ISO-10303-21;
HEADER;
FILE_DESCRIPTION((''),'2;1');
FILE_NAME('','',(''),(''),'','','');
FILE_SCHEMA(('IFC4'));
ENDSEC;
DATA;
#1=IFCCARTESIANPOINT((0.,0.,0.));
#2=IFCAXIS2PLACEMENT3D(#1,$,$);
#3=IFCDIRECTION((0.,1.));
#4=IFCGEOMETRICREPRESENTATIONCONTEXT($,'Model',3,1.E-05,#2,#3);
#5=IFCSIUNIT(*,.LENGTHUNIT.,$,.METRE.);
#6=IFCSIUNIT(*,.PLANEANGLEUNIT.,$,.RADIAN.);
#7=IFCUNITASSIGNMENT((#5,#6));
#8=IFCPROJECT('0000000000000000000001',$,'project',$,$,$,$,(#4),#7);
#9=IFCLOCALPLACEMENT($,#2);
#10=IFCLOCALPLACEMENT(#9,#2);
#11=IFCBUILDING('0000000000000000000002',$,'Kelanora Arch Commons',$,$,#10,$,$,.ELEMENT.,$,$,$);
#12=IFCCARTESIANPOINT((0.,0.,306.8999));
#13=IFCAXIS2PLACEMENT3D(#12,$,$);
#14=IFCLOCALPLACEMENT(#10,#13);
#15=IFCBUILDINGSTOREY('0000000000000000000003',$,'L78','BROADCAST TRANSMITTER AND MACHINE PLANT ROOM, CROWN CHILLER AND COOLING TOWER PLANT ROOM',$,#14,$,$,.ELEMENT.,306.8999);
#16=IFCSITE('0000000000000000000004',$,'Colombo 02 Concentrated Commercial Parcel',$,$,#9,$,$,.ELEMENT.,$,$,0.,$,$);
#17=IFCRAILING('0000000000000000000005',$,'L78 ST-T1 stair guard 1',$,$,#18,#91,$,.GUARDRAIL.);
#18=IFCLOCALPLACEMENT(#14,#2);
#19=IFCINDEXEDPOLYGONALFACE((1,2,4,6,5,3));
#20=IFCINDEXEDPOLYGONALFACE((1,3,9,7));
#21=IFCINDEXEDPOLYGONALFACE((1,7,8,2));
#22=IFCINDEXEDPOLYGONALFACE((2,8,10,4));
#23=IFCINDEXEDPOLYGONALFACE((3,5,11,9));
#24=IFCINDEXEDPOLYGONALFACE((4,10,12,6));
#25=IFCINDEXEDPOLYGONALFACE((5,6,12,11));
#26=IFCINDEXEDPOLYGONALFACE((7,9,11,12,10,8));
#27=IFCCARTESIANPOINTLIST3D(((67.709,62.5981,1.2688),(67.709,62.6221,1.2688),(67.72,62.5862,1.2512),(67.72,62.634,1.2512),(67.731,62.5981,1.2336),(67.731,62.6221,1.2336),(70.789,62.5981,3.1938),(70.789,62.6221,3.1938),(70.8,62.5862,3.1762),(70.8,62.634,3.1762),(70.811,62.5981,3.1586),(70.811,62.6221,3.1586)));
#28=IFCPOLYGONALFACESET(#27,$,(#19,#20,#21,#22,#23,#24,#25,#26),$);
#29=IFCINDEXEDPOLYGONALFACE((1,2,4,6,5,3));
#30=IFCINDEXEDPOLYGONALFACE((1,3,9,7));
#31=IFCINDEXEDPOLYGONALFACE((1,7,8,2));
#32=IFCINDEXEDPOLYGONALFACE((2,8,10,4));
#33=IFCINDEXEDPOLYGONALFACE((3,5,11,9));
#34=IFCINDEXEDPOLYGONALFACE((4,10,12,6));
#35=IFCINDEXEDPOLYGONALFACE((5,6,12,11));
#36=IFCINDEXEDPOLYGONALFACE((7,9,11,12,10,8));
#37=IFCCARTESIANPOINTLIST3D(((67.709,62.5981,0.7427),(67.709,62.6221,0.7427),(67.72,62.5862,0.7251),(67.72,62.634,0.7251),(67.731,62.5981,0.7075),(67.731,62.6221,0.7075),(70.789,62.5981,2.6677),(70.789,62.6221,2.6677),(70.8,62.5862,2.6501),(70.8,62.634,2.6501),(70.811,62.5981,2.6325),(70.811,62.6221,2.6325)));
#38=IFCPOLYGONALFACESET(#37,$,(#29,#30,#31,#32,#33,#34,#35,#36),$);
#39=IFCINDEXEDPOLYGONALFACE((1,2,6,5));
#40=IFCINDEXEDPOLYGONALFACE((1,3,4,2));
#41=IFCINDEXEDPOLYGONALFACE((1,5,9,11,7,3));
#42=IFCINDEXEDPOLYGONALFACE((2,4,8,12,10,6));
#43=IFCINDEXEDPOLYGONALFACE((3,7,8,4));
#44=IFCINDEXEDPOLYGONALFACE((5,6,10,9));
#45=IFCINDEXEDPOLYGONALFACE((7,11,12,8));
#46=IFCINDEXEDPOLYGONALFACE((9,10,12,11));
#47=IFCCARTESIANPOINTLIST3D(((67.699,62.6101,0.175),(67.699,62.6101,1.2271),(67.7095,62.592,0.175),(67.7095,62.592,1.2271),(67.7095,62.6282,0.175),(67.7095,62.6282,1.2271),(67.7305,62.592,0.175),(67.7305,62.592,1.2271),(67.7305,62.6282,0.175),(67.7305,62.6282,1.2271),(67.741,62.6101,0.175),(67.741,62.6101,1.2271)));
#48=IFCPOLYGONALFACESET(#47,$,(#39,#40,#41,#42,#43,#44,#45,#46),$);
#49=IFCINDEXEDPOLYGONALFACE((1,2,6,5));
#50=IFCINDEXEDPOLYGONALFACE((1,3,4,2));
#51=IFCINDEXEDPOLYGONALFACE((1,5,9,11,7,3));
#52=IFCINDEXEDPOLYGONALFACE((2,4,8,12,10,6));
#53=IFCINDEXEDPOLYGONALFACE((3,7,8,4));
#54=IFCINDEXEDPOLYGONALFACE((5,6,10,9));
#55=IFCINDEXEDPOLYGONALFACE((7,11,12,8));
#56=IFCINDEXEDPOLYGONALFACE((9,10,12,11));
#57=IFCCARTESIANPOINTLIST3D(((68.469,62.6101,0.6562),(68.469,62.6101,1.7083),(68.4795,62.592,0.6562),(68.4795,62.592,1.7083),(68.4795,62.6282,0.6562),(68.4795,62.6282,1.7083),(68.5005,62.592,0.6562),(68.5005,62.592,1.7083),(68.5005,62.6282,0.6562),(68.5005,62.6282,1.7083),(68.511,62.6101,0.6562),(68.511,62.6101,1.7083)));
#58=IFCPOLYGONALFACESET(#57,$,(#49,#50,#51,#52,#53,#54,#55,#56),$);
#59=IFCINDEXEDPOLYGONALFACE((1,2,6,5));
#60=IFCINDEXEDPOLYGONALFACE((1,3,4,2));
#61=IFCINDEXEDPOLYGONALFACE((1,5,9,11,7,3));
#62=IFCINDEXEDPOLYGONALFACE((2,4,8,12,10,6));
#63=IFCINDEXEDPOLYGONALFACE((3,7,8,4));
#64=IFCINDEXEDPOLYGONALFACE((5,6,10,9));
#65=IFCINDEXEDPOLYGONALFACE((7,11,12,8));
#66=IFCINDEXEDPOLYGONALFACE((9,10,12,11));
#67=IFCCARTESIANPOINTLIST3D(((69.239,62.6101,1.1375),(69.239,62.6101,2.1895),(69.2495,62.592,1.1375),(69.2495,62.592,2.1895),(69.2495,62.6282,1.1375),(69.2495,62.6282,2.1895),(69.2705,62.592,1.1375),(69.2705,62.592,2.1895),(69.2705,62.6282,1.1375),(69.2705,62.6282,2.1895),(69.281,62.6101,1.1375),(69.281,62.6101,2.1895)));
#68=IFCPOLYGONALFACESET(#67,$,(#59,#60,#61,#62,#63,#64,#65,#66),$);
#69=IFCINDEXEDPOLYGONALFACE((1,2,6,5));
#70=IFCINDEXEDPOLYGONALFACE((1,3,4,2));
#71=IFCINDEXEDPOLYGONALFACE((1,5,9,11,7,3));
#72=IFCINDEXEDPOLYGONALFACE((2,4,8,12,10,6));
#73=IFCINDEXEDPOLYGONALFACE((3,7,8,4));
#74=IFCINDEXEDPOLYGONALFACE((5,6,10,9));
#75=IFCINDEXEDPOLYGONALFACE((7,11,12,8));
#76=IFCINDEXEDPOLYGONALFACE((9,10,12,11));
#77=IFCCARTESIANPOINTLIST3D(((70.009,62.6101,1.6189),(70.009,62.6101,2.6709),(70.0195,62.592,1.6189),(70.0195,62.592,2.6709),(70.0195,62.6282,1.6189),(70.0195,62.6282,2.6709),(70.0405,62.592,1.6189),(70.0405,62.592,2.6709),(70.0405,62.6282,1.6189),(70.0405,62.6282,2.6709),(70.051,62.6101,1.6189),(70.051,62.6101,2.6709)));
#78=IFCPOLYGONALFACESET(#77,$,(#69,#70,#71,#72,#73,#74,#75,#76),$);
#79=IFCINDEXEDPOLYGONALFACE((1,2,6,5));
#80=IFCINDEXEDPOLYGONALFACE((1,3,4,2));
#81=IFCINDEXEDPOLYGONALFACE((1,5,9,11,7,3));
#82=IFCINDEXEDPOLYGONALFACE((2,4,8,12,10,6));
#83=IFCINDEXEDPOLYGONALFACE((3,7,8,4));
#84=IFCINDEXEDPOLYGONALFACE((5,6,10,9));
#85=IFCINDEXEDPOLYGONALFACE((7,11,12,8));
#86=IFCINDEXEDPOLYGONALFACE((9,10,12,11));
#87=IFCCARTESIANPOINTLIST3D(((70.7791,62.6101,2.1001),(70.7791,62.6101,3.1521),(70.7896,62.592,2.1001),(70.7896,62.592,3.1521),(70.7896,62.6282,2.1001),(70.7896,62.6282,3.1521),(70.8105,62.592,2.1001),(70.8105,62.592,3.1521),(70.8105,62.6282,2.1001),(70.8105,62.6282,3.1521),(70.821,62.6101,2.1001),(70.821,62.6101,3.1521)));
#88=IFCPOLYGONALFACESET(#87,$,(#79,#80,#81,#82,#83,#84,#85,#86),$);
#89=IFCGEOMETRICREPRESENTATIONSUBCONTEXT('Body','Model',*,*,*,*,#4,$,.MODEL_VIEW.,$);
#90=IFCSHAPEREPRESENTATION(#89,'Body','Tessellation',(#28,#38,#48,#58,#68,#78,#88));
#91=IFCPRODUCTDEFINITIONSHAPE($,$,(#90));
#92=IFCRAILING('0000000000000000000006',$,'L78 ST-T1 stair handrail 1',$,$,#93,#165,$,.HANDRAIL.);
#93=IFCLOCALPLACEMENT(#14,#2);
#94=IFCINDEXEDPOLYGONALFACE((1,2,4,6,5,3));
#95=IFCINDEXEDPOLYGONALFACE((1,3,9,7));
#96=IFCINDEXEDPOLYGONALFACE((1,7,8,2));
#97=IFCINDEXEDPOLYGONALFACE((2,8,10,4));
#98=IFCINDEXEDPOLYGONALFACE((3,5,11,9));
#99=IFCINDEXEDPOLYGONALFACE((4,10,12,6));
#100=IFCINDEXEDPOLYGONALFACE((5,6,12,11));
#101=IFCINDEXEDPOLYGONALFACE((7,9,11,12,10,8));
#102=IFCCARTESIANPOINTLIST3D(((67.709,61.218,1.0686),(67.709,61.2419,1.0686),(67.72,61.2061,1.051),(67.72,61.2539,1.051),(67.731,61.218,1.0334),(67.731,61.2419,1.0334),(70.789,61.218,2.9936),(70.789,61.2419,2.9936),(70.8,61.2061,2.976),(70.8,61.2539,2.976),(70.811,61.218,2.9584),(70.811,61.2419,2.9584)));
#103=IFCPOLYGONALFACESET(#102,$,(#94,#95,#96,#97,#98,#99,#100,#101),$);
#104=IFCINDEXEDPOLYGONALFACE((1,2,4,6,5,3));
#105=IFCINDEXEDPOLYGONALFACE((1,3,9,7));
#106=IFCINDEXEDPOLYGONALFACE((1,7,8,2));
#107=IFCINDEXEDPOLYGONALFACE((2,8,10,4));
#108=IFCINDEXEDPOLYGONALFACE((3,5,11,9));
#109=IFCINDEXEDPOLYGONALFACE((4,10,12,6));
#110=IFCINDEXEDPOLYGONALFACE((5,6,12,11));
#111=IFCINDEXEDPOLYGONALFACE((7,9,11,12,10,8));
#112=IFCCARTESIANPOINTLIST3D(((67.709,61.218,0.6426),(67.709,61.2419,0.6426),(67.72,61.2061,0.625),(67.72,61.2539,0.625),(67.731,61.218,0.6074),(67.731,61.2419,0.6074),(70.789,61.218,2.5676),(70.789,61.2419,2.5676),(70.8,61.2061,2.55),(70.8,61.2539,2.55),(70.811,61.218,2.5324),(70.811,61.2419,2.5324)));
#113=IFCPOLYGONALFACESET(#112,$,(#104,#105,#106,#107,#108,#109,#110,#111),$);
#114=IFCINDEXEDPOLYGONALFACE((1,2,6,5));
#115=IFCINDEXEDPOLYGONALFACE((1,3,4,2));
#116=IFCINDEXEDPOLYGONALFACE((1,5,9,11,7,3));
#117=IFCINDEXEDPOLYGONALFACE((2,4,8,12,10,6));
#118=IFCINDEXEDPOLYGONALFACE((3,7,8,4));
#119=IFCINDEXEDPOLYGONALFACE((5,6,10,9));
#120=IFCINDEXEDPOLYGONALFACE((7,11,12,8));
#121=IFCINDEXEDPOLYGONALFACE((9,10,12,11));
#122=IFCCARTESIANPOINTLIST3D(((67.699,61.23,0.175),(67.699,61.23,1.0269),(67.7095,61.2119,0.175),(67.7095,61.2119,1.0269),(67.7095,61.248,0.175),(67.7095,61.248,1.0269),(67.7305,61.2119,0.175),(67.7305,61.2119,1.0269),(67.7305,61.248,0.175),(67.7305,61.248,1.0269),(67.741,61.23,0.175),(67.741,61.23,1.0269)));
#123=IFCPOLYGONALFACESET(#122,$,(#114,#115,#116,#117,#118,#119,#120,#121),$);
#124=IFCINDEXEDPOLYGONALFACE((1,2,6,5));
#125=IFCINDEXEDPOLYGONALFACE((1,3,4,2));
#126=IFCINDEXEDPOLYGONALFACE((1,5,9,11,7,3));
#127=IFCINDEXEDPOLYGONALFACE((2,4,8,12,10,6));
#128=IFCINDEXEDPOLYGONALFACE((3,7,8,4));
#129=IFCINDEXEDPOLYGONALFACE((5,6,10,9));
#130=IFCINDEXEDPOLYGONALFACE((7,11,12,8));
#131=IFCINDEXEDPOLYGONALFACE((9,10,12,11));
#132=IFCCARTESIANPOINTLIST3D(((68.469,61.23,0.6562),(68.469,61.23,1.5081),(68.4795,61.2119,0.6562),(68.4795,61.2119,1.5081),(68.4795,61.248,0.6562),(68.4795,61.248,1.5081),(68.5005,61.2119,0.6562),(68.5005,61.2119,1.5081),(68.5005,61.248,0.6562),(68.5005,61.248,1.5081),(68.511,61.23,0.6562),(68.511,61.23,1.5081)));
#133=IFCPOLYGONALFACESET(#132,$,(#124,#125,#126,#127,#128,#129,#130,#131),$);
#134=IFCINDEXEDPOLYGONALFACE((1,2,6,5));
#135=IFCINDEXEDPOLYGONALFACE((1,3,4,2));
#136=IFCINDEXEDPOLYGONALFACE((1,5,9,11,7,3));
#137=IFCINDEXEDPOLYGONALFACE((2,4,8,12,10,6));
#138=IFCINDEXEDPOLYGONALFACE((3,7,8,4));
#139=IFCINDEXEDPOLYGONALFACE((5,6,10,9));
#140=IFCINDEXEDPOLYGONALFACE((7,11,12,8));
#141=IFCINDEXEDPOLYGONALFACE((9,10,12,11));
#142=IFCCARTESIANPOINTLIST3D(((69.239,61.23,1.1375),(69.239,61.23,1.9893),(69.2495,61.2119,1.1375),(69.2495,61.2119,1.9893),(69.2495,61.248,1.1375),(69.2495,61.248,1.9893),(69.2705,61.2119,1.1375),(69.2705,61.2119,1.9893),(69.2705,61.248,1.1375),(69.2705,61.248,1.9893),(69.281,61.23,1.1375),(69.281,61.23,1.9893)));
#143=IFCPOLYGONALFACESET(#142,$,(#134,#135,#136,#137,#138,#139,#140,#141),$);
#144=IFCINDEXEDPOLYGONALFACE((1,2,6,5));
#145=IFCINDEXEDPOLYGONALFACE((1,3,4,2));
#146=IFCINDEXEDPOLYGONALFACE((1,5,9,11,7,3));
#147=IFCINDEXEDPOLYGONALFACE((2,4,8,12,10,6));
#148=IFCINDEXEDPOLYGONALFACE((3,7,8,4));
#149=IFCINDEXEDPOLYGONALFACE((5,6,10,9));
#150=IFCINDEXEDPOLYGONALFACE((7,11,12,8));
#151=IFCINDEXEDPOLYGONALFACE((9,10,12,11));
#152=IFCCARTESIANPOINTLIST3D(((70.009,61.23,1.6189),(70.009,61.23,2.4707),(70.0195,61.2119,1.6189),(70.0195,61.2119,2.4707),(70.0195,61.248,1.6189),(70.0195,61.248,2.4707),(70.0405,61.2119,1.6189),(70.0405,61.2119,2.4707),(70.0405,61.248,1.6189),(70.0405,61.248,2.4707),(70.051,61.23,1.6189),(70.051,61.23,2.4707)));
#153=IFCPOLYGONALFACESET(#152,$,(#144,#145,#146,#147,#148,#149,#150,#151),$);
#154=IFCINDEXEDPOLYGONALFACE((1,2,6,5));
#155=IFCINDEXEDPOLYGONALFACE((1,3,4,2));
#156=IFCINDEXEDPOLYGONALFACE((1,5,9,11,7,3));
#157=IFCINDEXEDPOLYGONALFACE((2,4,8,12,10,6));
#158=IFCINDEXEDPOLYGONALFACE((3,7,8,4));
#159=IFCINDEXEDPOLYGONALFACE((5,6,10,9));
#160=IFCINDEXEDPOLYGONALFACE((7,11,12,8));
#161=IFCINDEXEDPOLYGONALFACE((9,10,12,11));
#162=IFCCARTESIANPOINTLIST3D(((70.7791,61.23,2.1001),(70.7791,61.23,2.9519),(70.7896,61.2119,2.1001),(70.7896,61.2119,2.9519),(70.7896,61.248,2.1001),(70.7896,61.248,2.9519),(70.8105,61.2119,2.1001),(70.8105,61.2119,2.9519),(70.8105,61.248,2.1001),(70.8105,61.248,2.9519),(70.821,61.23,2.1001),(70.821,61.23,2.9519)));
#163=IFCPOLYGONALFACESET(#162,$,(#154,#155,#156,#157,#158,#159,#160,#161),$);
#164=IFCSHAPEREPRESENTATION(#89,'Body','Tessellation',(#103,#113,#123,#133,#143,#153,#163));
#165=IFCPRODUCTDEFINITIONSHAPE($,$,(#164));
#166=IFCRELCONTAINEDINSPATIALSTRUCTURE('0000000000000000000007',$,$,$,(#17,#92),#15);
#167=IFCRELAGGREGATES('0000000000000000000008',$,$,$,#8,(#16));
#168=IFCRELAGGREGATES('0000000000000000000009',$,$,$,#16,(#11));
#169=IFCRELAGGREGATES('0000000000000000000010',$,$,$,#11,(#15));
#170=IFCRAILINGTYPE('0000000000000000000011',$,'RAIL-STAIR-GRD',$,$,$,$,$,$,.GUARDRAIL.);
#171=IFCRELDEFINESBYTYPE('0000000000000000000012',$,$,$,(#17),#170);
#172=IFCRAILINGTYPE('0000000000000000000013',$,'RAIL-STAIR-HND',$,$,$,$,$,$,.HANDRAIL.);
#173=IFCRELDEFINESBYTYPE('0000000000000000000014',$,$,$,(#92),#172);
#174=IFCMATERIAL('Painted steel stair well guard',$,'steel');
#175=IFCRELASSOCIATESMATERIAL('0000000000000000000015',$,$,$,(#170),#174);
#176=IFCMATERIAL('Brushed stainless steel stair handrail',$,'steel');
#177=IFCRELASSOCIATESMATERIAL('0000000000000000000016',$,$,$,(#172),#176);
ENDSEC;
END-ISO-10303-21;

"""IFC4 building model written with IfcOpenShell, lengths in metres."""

from ifc_helpers import new_model, si_unit, direction, frame, origin, place, context, subcontext, project, spatial, polyline, outline, extrude, material, type_object, element, save


model = new_model("IFC4")

# Units and contexts
model_context = context("Model", 3, precision=1e-05, world=origin(), true_north=direction((0.0, 1.0)))
body_context = subcontext(model_context, "Body", "Model", "MODEL_VIEW")
ifc_project = project(units=[si_unit("LENGTHUNIT", "METRE"), si_unit("PLANEANGLEUNIT", "RADIAN")], contexts=[model_context])

# Site, building, storey
site_placement = place(None, origin())
site = spatial("IfcSite", under=ifc_project, at=site_placement, Name="Colombo 02 Concentrated Commercial Parcel", CompositionType="ELEMENT", RefElevation=0.0)
building_placement = place(site_placement, origin())
building = spatial("IfcBuilding", under=site, at=building_placement, Name="Kelanora Arch Commons", CompositionType="ELEMENT")
storey_placement = place(building_placement, frame((0.0, 0.0, 306.8999)))
storey = spatial("IfcBuildingStorey", under=building, at=storey_placement, Name="L78", Description="BROADCAST TRANSMITTER AND MACHINE PLANT ROOM, CROWN CHILLER AND COOLING TOWER PLANT ROOM", CompositionType="ELEMENT", Elevation=306.8999)

# Railings
ifc_material_1 = material(Name="Painted steel stair well guard", Category="steel")
railing_type_1 = type_object("IfcRailingType", Name="RAIL-STAIR-GRD", PredefinedType="GUARDRAIL", material=ifc_material_1)
railing_1_placement = place(storey_placement, frame((67.72, 62.6101, 0.175)))
element("IfcRailing", 1, at=railing_1_placement, inside=storey, type_object=railing_type_1, Name="L78 ST-T1 stair guard 1", PredefinedType="GUARDRAIL", context=body_context, shape_type="SweptSolid", body=[
    extrude(outline(polyline([(0.0239, 0.0), (0.012, 0.0208), (-0.012, 0.0208), (-0.0239, 0.0), (-0.012, -0.0208), (0.012, -0.0208), (0.0239, 0.0)])), frame((0.0, 0.0, 1.0762), z_axis=(0.847998, 0.0, 0.529999), x_axis=(0.0, 1.0, 0.0)), (0.0, 0.0, 1.0), 3.6321),
    extrude(outline(polyline([(0.0239, 0.0), (0.012, 0.0208), (-0.012, 0.0208), (-0.0239, 0.0), (-0.012, -0.0208), (0.012, -0.0208), (0.0239, 0.0)])), frame((0.0, 0.0, 0.55), z_axis=(0.847998, 0.0, 0.529999), x_axis=(0.0, 1.0, 0.0)), (0.0, 0.0, 1.0), 3.6321),
    extrude(outline(polyline([(0.021, 0.0), (0.0105, 0.0181), (-0.0105, 0.0181), (-0.021, 0.0), (-0.0105, -0.0181), (0.0105, -0.0181), (0.021, 0.0)])), origin(), (0.0, 0.0, 1.0), 1.052),
    extrude(outline(polyline([(0.021, 0.0), (0.0105, 0.0181), (-0.0105, 0.0181), (-0.021, 0.0), (-0.0105, -0.0181), (0.0105, -0.0181), (0.021, 0.0)])), frame((0.77, 0.0, 0.4812)), (0.0, 0.0, 1.0), 1.052),
    extrude(outline(polyline([(0.021, 0.0), (0.0105, 0.0181), (-0.0105, 0.0181), (-0.021, 0.0), (-0.0105, -0.0181), (0.0105, -0.0181), (0.021, 0.0)])), frame((1.54, 0.0, 0.9624)), (0.0, 0.0, 1.0), 1.052),
    extrude(outline(polyline([(0.021, 0.0), (0.0105, 0.0181), (-0.0105, 0.0181), (-0.021, 0.0), (-0.0105, -0.0181), (0.0105, -0.0181), (0.021, 0.0)])), frame((2.3101, 0.0, 1.4438)), (0.0, 0.0, 1.0), 1.052),
    extrude(outline(polyline([(0.021, 0.0), (0.0105, 0.0181), (-0.0105, 0.0181), (-0.021, 0.0), (-0.0105, -0.0181), (0.0105, -0.0181), (0.021, 0.0)])), frame((3.0801, 0.0, 1.925)), (0.0, 0.0, 1.0), 1.052),
])
ifc_material_2 = material(Name="Brushed stainless steel stair handrail", Category="steel")
railing_type_2 = type_object("IfcRailingType", Name="RAIL-STAIR-HND", PredefinedType="HANDRAIL", material=ifc_material_2)
railing_2_placement = place(storey_placement, frame((67.72, 61.23, 0.175)))
element("IfcRailing", 2, at=railing_2_placement, inside=storey, type_object=railing_type_2, Name="L78 ST-T1 stair handrail 1", PredefinedType="HANDRAIL", context=body_context, shape_type="SweptSolid", body=[
    extrude(outline(polyline([(0.0239, 0.0), (0.012, 0.0208), (-0.012, 0.0208), (-0.0239, 0.0), (-0.012, -0.0208), (0.012, -0.0208), (0.0239, 0.0)])), frame((0.0, 0.0, 0.876), z_axis=(0.847998, 0.0, 0.529999), x_axis=(0.0, 1.0, 0.0)), (0.0, 0.0, 1.0), 3.6321),
    extrude(outline(polyline([(0.0239, 0.0), (0.012, 0.0208), (-0.012, 0.0208), (-0.0239, 0.0), (-0.012, -0.0208), (0.012, -0.0208), (0.0239, 0.0)])), frame((0.0, 0.0, 0.45), z_axis=(0.847998, 0.0, 0.529999), x_axis=(0.0, 1.0, 0.0)), (0.0, 0.0, 1.0), 3.6321),
    extrude(outline(polyline([(0.021, 0.0), (0.0105, 0.0181), (-0.0105, 0.0181), (-0.021, 0.0), (-0.0105, -0.0181), (0.0105, -0.0181), (0.021, 0.0)])), origin(), (0.0, 0.0, 1.0), 0.8518),
    extrude(outline(polyline([(0.021, 0.0), (0.0105, 0.0181), (-0.0105, 0.0181), (-0.021, 0.0), (-0.0105, -0.0181), (0.0105, -0.0181), (0.021, 0.0)])), frame((0.77, 0.0, 0.4812)), (0.0, 0.0, 1.0), 0.8518),
    extrude(outline(polyline([(0.021, 0.0), (0.0105, 0.0181), (-0.0105, 0.0181), (-0.021, 0.0), (-0.0105, -0.0181), (0.0105, -0.0181), (0.021, 0.0)])), frame((1.54, 0.0, 0.9624)), (0.0, 0.0, 1.0), 0.8518),
    extrude(outline(polyline([(0.021, 0.0), (0.0105, 0.0181), (-0.0105, 0.0181), (-0.021, 0.0), (-0.0105, -0.0181), (0.0105, -0.0181), (0.021, 0.0)])), frame((2.3101, 0.0, 1.4438)), (0.0, 0.0, 1.0), 0.8518),
    extrude(outline(polyline([(0.021, 0.0), (0.0105, 0.0181), (-0.0105, 0.0181), (-0.021, 0.0), (-0.0105, -0.0181), (0.0105, -0.0181), (0.021, 0.0)])), frame((3.0801, 0.0, 1.925)), (0.0, 0.0, 1.0), 0.8518),
])

save(model, "model.ifc")
